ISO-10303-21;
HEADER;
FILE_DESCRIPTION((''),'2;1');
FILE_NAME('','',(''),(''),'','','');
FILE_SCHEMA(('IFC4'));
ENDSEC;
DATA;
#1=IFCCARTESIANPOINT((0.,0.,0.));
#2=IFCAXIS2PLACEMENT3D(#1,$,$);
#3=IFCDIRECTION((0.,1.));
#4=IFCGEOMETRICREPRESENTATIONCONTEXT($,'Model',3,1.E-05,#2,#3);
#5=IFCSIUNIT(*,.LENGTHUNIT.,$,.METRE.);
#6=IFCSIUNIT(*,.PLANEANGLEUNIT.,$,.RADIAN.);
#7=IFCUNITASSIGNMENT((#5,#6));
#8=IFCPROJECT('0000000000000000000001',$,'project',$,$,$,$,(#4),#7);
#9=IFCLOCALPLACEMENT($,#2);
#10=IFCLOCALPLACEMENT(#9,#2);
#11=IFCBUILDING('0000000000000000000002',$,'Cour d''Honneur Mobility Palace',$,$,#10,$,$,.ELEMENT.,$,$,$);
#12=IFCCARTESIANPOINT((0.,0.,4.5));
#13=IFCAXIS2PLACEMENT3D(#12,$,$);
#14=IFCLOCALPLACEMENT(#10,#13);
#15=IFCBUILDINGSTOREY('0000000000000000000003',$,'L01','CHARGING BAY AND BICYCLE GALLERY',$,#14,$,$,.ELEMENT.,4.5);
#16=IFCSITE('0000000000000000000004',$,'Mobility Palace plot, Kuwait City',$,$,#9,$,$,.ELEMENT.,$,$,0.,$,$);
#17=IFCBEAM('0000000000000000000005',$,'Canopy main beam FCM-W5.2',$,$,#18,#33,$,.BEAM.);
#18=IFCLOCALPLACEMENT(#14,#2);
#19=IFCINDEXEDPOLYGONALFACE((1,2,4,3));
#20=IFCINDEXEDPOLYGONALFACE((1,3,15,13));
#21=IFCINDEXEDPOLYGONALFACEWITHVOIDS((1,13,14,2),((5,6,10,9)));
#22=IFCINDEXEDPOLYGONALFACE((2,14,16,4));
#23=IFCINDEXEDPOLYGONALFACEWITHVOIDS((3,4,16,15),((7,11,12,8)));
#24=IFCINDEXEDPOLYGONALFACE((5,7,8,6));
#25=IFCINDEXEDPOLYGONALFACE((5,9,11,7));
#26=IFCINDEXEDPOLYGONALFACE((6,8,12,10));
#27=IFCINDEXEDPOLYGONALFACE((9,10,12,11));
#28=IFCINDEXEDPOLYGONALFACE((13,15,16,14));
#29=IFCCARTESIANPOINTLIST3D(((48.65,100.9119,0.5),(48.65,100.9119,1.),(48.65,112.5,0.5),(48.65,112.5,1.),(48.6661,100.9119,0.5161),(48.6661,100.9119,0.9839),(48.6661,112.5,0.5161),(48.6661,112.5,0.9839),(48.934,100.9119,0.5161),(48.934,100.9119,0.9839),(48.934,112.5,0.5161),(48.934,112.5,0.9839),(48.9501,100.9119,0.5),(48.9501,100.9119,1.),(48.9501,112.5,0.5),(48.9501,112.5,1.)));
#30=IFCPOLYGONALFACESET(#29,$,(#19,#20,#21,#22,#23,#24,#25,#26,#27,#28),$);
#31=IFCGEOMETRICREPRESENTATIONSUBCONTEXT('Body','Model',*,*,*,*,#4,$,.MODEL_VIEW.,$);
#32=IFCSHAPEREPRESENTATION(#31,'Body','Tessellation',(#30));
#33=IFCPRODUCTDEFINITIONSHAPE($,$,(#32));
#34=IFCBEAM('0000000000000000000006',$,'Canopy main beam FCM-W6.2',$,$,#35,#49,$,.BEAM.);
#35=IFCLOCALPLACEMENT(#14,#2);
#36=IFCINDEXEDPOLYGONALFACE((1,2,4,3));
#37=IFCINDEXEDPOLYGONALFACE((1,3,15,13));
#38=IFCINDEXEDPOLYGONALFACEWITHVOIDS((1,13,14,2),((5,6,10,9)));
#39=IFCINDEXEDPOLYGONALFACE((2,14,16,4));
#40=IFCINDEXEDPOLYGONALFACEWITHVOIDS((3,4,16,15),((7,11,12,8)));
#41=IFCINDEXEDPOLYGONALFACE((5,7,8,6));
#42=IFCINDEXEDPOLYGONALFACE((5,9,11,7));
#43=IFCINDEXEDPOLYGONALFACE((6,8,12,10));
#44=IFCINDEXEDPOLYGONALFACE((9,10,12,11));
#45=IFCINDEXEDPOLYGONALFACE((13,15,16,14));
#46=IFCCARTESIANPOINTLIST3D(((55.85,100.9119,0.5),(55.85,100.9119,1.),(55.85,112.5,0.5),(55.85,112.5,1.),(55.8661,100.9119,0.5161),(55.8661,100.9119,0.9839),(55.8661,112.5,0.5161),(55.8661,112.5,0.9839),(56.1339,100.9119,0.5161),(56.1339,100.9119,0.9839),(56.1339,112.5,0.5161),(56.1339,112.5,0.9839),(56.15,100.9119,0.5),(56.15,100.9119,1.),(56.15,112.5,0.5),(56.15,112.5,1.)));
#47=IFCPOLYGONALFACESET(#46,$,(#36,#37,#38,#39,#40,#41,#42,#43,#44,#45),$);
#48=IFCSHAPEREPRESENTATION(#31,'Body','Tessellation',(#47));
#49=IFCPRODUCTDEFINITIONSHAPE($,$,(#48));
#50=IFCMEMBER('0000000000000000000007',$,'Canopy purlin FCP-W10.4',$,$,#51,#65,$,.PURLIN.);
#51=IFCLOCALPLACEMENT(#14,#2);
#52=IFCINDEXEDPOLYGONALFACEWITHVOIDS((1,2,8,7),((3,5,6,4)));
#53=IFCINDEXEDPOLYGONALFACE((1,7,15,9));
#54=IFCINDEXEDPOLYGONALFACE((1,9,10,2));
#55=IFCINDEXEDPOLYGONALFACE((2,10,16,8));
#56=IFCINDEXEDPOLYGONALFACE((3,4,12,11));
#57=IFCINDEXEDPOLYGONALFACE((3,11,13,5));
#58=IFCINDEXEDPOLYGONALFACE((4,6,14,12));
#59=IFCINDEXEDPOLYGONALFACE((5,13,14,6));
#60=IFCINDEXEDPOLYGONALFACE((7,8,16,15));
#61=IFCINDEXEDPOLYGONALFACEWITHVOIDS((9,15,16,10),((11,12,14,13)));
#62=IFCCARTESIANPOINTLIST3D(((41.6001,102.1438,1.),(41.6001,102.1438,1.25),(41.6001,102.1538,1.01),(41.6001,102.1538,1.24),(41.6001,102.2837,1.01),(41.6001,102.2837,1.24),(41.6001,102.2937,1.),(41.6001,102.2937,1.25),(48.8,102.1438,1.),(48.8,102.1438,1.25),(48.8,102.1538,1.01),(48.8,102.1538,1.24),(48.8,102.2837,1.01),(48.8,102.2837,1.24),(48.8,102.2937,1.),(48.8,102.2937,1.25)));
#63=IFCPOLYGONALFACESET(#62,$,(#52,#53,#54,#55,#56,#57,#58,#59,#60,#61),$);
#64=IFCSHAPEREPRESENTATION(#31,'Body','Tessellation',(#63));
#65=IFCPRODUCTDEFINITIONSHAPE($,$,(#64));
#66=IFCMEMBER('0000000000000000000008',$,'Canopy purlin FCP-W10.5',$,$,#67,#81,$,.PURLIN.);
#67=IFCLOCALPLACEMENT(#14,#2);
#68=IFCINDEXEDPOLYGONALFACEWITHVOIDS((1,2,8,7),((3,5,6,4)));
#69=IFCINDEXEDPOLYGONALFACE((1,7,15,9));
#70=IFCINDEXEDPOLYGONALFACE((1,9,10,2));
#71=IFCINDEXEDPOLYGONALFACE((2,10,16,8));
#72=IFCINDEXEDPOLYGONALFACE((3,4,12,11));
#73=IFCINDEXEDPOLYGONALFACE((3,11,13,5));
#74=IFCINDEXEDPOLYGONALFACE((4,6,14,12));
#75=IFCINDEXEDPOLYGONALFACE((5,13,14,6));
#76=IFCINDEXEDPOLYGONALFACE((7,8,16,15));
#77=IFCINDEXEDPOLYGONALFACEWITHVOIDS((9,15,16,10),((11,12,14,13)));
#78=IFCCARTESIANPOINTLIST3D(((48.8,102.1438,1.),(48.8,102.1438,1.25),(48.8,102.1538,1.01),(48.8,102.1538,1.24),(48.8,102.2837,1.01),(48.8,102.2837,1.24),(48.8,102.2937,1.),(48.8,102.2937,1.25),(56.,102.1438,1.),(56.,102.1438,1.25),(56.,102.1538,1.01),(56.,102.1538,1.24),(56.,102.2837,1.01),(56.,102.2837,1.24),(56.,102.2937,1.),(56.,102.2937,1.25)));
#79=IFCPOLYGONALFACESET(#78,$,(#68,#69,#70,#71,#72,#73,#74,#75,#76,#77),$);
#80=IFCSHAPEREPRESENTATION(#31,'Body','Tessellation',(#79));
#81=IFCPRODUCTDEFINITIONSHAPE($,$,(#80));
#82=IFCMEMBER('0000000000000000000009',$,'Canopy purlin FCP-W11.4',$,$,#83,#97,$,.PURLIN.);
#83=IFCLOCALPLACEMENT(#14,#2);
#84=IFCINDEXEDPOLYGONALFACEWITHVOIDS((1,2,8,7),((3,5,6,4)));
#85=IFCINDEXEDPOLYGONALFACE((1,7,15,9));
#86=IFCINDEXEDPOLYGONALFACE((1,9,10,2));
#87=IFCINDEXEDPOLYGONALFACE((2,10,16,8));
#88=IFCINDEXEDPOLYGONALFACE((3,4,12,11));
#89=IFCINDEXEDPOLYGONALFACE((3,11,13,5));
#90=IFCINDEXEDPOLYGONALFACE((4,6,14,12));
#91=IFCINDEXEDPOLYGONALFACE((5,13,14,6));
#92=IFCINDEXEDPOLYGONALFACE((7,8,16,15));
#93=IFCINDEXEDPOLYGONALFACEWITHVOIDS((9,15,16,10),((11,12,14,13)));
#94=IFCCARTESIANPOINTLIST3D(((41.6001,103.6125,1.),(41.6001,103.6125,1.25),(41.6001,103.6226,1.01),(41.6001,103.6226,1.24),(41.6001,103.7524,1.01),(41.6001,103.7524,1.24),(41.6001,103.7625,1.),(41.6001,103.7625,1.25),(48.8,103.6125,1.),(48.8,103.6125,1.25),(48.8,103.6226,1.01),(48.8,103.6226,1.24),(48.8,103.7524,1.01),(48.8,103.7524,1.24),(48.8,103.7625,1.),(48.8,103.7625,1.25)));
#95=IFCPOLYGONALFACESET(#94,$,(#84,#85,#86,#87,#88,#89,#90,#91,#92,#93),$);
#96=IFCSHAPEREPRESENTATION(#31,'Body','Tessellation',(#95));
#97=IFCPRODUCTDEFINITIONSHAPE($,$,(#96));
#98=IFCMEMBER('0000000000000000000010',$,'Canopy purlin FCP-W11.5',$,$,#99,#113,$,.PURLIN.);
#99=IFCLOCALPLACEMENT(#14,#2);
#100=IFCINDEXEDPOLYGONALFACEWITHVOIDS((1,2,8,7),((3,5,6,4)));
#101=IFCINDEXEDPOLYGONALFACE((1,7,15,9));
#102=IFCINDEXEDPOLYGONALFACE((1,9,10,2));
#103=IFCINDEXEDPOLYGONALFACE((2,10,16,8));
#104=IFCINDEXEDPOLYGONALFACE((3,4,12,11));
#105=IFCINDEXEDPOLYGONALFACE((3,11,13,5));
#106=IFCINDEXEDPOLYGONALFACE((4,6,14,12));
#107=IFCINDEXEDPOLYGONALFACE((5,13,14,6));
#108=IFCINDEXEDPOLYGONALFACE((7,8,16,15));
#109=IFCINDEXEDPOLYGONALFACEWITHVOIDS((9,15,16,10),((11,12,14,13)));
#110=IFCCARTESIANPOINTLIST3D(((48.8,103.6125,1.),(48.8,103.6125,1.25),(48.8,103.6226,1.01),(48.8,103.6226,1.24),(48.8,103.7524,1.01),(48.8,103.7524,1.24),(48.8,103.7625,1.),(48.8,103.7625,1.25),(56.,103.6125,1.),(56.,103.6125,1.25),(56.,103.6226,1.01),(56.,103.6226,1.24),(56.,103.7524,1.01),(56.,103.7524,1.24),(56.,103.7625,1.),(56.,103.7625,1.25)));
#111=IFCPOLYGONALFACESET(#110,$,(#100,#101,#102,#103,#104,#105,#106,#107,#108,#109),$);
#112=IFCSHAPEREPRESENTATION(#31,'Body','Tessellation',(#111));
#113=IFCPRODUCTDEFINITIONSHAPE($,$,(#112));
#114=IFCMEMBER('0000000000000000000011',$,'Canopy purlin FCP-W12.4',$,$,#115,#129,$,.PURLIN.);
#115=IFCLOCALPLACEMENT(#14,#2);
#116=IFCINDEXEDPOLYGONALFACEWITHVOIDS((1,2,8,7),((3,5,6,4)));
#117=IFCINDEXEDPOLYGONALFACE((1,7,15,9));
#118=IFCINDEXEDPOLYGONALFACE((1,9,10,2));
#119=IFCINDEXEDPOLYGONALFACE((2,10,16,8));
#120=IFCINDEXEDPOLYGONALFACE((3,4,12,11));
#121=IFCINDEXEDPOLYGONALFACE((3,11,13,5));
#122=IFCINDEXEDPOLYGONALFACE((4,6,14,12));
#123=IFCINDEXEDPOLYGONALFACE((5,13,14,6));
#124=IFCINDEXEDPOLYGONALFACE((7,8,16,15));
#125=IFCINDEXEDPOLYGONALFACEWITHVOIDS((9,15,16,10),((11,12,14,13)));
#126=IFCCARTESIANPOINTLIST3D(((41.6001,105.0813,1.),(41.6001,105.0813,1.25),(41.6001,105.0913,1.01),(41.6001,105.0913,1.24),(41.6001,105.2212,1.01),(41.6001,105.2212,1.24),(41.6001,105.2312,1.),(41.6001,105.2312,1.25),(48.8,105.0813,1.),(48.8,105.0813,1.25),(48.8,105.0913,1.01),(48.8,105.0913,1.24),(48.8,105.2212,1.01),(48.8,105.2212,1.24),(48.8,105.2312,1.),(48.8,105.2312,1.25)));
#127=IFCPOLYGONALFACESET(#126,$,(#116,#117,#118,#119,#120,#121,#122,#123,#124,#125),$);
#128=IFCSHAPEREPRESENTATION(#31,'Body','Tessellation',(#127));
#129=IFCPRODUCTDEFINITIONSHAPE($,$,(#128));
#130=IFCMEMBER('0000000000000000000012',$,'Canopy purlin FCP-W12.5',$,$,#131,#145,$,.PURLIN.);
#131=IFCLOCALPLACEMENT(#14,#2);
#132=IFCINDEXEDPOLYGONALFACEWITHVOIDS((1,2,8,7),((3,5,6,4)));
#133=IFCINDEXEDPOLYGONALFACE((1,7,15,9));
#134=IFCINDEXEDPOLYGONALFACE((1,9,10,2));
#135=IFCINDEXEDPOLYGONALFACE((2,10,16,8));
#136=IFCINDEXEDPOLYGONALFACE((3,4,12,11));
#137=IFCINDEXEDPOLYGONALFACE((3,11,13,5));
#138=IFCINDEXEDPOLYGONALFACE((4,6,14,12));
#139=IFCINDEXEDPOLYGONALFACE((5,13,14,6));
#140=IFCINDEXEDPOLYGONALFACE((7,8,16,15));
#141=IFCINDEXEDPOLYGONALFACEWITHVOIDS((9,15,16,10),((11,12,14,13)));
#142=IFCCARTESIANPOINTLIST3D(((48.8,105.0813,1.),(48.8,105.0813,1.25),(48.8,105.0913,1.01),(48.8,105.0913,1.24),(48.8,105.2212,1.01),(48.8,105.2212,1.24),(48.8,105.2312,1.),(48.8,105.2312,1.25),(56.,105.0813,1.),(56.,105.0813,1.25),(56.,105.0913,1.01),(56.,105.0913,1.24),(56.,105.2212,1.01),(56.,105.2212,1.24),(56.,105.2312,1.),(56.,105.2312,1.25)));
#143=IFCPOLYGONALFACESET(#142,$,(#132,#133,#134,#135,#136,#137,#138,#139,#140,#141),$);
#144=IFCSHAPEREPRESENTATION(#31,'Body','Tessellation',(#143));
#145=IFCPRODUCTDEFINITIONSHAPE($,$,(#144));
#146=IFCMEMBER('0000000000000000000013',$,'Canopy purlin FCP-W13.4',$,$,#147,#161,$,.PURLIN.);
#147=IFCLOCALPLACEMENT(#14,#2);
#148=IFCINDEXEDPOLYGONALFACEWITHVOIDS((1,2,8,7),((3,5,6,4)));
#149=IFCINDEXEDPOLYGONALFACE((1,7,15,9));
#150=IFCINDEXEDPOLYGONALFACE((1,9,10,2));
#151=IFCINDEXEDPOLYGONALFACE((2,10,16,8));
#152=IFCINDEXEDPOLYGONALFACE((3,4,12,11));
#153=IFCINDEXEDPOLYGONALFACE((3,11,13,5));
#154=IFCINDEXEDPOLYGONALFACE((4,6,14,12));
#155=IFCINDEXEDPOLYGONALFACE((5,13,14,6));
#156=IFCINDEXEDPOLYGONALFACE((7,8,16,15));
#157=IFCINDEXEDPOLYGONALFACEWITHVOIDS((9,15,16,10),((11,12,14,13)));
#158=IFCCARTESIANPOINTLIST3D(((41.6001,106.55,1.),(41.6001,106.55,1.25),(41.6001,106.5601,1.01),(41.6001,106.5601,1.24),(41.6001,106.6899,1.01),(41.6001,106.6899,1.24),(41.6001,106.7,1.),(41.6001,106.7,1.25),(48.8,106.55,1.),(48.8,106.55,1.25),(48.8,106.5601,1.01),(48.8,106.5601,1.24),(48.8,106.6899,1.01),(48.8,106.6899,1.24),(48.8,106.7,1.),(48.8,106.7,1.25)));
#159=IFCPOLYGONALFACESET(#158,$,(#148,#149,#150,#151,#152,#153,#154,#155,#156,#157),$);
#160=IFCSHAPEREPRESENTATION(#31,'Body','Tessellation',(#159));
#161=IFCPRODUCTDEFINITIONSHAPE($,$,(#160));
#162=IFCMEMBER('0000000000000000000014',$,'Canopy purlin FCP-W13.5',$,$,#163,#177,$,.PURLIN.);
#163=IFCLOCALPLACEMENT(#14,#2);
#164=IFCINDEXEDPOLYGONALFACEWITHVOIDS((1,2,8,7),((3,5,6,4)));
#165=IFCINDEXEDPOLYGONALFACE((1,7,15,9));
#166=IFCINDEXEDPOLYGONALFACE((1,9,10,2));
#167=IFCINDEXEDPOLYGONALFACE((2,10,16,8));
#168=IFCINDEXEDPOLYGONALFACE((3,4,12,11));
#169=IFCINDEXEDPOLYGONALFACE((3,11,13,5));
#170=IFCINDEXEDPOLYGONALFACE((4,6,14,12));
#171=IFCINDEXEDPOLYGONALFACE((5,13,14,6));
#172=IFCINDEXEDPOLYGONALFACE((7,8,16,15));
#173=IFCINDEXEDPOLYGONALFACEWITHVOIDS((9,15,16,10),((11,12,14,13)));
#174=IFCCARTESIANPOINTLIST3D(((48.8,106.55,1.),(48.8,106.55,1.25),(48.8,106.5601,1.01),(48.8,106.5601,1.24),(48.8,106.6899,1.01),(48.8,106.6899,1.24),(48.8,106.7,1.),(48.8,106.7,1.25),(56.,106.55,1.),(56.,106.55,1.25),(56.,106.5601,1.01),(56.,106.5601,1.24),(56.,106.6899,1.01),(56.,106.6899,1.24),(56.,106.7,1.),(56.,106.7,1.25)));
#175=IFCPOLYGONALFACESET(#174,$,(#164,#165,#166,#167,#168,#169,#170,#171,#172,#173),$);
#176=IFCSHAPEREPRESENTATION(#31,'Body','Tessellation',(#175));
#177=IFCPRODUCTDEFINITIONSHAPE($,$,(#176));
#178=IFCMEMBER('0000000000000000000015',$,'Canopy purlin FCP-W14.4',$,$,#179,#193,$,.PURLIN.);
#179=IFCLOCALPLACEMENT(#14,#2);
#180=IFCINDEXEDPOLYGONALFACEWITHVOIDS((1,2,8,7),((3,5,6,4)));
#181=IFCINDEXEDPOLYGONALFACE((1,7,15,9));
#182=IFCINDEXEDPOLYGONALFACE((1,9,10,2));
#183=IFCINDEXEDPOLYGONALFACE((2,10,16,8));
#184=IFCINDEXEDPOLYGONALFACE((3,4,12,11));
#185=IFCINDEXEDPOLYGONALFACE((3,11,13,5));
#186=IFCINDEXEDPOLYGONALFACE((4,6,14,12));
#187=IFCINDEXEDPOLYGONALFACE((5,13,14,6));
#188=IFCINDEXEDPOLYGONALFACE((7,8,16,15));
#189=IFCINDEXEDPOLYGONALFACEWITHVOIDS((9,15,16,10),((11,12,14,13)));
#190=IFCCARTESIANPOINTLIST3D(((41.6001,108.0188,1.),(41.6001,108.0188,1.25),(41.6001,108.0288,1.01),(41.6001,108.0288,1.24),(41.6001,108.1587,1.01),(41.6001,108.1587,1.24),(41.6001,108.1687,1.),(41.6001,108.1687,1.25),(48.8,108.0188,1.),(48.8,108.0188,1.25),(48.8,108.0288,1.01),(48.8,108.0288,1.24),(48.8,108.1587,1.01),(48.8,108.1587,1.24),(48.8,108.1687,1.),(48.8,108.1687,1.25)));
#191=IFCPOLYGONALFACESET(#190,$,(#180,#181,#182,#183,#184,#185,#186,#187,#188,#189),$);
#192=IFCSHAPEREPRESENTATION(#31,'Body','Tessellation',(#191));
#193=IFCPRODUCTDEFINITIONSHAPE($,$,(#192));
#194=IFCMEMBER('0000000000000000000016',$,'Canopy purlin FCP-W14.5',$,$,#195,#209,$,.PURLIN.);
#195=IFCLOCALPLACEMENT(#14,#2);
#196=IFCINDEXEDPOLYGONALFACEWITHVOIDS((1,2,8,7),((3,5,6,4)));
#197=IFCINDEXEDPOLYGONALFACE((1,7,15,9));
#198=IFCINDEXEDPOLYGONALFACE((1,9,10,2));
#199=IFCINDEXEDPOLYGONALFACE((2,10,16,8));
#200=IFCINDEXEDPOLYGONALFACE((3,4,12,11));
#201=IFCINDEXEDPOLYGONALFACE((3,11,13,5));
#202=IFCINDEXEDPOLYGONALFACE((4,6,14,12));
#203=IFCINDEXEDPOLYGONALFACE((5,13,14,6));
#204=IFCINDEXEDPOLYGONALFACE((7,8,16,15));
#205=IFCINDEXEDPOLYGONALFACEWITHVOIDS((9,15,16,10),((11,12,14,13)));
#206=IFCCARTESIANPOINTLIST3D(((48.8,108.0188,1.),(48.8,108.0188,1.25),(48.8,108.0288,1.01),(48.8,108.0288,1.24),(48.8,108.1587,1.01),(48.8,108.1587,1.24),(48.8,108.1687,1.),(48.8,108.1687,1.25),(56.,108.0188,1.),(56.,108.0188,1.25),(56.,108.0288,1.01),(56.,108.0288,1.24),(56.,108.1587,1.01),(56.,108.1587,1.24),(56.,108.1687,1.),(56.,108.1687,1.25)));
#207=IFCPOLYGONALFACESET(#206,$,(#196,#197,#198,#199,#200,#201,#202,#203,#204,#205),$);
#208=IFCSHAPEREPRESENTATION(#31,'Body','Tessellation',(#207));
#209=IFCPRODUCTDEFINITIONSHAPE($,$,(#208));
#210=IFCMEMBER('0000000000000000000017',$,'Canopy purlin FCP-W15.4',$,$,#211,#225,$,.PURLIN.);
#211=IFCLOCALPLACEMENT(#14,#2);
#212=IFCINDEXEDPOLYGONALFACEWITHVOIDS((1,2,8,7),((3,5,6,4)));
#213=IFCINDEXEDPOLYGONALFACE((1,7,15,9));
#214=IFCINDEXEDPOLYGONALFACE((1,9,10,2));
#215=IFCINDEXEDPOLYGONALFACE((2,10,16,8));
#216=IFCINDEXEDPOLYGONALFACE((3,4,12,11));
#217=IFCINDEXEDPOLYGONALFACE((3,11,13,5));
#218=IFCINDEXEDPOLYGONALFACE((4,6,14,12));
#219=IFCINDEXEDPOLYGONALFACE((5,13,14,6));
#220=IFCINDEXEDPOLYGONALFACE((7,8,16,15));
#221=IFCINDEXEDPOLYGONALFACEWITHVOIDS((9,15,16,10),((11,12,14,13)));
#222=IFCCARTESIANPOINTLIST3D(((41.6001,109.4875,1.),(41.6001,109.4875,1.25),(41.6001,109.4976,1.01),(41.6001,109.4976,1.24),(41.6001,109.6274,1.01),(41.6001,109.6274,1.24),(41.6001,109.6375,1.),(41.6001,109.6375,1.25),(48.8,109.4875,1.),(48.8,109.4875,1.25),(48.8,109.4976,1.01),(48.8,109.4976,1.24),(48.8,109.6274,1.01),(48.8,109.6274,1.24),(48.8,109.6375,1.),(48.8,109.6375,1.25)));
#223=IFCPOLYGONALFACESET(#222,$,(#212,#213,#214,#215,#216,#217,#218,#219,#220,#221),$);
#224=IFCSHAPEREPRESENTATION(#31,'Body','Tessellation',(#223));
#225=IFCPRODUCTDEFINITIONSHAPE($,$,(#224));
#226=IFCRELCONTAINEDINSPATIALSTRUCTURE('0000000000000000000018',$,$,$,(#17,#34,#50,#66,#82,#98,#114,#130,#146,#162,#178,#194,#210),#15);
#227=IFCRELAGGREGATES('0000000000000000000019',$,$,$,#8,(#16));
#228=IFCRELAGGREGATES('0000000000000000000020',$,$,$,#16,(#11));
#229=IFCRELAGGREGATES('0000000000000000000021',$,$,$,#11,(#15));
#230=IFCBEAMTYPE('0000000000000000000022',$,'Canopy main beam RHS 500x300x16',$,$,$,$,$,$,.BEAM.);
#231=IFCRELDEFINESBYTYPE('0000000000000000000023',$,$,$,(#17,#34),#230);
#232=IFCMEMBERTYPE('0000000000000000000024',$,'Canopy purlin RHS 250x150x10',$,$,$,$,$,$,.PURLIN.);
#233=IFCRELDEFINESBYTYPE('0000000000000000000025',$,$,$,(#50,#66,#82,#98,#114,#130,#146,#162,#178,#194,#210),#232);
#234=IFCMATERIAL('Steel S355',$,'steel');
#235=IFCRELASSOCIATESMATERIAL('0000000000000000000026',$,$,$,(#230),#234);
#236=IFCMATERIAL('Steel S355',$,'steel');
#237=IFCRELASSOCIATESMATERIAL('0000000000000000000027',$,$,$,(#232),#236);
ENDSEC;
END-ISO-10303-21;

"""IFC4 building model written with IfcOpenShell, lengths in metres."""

from ifc_helpers import new_model, si_unit, direction, frame, origin, origin_2d, place, context, subcontext, project, spatial, hollow_rectangle, extrude, material, material_profile, profile_set, type_object, element, save


model = new_model("IFC4")

# Units and contexts
model_context = context("Model", 3, precision=1e-05, world=origin(), true_north=direction((0.0, 1.0)))
body_context = subcontext(model_context, "Body", "Model", "MODEL_VIEW")
ifc_project = project(units=[si_unit("LENGTHUNIT", "METRE"), si_unit("PLANEANGLEUNIT", "RADIAN")], contexts=[model_context])

# Site, building, storey
site_placement = place(None, origin())
site = spatial("IfcSite", under=ifc_project, at=site_placement, Name="Mobility Palace plot, Kuwait City", CompositionType="ELEMENT", RefElevation=0.0)
building_placement = place(site_placement, origin())
building = spatial("IfcBuilding", under=site, at=building_placement, Name="Cour d'Honneur Mobility Palace", CompositionType="ELEMENT")
storey_placement = place(building_placement, frame((0.0, 0.0, 4.5)))
storey = spatial("IfcBuildingStorey", under=building, at=storey_placement, Name="L01", Description="CHARGING BAY AND BICYCLE GALLERY", CompositionType="ELEMENT", Elevation=4.5)

# Beams
ifc_material_1 = material(Name="Steel S355", Category="steel")
ifc_material_profile_1 = material_profile(ifc_material_1, hollow_rectangle(XDim=0.3, YDim=0.5, WallThickness=0.0161, at=origin_2d()), Name="RHS 500x300x16")
ifc_profile_set_1 = profile_set([ifc_material_profile_1], Name="Steel S355")
beam_type_1 = type_object("IfcBeamType", Name="Canopy main beam RHS 500x300x16", PredefinedType="BEAM", material=ifc_profile_set_1)
for number, where, z_axis, x_axis, name in (
    (1, (48.8, 100.9119, 0.75), (0.0, 1.0, 0.0), (-1.0, 0.0, 0.0), "Canopy main beam FCM-W5.2"),
    (2, (56.0, 100.9119, 0.75), (0.0, 1.0, 0.0), (-1.0, 0.0, 0.0), "Canopy main beam FCM-W6.2"),
):
    element("IfcBeam", number, at=place(storey_placement, frame(where, z_axis=z_axis, x_axis=x_axis)), inside=storey, type_object=beam_type_1, Name=name, PredefinedType="BEAM", context=body_context, shape_type="SweptSolid", body=[
        extrude(hollow_rectangle(XDim=0.3, YDim=0.5, WallThickness=0.0161, at=origin_2d()), origin(), (0.0, 0.0, 1.0), 11.5881),
    ])

# Members
ifc_material_2 = material(Name="Steel S355", Category="steel")
ifc_material_profile_2 = material_profile(ifc_material_2, hollow_rectangle(XDim=0.1499, YDim=0.25, WallThickness=0.01, at=origin_2d()), Name="RHS 250x150x10")
ifc_profile_set_2 = profile_set([ifc_material_profile_2], Name="Steel S355")
member_type = type_object("IfcMemberType", Name="Canopy purlin RHS 250x150x10", PredefinedType="PURLIN", material=ifc_profile_set_2)
for number, where, z_axis, x_axis, name in (
    (3, (41.6001, 102.2188, 1.125), (1.0, 0.0, 0.0), (0.0, 1.0, 0.0), "Canopy purlin FCP-W10.4"),
    (4, (48.8, 102.2188, 1.125), (1.0, 0.0, 0.0), (0.0, 1.0, 0.0), "Canopy purlin FCP-W10.5"),
    (5, (41.6001, 103.6875, 1.125), (1.0, 0.0, 0.0), (0.0, 1.0, 0.0), "Canopy purlin FCP-W11.4"),
    (6, (48.8, 103.6875, 1.125), (1.0, 0.0, 0.0), (0.0, 1.0, 0.0), "Canopy purlin FCP-W11.5"),
    (7, (41.6001, 105.1562, 1.125), (1.0, 0.0, 0.0), (0.0, 1.0, 0.0), "Canopy purlin FCP-W12.4"),
    (8, (48.8, 105.1562, 1.125), (1.0, 0.0, 0.0), (0.0, 1.0, 0.0), "Canopy purlin FCP-W12.5"),
    (9, (41.6001, 106.625, 1.125), (1.0, 0.0, 0.0), (0.0, 1.0, 0.0), "Canopy purlin FCP-W13.4"),
    (10, (48.8, 106.625, 1.125), (1.0, 0.0, 0.0), (0.0, 1.0, 0.0), "Canopy purlin FCP-W13.5"),
    (11, (41.6001, 108.0938, 1.125), (1.0, 0.0, 0.0), (0.0, 1.0, 0.0), "Canopy purlin FCP-W14.4"),
    (12, (48.8, 108.0938, 1.125), (1.0, 0.0, 0.0), (0.0, 1.0, 0.0), "Canopy purlin FCP-W14.5"),
    (13, (41.6001, 109.5625, 1.125), (1.0, 0.0, 0.0), (0.0, 1.0, 0.0), "Canopy purlin FCP-W15.4"),
):
    element("IfcMember", number, at=place(storey_placement, frame(where, z_axis=z_axis, x_axis=x_axis)), inside=storey, type_object=member_type, Name=name, PredefinedType="PURLIN", context=body_context, shape_type="SweptSolid", body=[
        extrude(hollow_rectangle(XDim=0.1499, YDim=0.25, WallThickness=0.01, at=origin_2d()), origin(), (0.0, 0.0, 1.0), 7.2),
    ])

save(model, "model.ifc")
